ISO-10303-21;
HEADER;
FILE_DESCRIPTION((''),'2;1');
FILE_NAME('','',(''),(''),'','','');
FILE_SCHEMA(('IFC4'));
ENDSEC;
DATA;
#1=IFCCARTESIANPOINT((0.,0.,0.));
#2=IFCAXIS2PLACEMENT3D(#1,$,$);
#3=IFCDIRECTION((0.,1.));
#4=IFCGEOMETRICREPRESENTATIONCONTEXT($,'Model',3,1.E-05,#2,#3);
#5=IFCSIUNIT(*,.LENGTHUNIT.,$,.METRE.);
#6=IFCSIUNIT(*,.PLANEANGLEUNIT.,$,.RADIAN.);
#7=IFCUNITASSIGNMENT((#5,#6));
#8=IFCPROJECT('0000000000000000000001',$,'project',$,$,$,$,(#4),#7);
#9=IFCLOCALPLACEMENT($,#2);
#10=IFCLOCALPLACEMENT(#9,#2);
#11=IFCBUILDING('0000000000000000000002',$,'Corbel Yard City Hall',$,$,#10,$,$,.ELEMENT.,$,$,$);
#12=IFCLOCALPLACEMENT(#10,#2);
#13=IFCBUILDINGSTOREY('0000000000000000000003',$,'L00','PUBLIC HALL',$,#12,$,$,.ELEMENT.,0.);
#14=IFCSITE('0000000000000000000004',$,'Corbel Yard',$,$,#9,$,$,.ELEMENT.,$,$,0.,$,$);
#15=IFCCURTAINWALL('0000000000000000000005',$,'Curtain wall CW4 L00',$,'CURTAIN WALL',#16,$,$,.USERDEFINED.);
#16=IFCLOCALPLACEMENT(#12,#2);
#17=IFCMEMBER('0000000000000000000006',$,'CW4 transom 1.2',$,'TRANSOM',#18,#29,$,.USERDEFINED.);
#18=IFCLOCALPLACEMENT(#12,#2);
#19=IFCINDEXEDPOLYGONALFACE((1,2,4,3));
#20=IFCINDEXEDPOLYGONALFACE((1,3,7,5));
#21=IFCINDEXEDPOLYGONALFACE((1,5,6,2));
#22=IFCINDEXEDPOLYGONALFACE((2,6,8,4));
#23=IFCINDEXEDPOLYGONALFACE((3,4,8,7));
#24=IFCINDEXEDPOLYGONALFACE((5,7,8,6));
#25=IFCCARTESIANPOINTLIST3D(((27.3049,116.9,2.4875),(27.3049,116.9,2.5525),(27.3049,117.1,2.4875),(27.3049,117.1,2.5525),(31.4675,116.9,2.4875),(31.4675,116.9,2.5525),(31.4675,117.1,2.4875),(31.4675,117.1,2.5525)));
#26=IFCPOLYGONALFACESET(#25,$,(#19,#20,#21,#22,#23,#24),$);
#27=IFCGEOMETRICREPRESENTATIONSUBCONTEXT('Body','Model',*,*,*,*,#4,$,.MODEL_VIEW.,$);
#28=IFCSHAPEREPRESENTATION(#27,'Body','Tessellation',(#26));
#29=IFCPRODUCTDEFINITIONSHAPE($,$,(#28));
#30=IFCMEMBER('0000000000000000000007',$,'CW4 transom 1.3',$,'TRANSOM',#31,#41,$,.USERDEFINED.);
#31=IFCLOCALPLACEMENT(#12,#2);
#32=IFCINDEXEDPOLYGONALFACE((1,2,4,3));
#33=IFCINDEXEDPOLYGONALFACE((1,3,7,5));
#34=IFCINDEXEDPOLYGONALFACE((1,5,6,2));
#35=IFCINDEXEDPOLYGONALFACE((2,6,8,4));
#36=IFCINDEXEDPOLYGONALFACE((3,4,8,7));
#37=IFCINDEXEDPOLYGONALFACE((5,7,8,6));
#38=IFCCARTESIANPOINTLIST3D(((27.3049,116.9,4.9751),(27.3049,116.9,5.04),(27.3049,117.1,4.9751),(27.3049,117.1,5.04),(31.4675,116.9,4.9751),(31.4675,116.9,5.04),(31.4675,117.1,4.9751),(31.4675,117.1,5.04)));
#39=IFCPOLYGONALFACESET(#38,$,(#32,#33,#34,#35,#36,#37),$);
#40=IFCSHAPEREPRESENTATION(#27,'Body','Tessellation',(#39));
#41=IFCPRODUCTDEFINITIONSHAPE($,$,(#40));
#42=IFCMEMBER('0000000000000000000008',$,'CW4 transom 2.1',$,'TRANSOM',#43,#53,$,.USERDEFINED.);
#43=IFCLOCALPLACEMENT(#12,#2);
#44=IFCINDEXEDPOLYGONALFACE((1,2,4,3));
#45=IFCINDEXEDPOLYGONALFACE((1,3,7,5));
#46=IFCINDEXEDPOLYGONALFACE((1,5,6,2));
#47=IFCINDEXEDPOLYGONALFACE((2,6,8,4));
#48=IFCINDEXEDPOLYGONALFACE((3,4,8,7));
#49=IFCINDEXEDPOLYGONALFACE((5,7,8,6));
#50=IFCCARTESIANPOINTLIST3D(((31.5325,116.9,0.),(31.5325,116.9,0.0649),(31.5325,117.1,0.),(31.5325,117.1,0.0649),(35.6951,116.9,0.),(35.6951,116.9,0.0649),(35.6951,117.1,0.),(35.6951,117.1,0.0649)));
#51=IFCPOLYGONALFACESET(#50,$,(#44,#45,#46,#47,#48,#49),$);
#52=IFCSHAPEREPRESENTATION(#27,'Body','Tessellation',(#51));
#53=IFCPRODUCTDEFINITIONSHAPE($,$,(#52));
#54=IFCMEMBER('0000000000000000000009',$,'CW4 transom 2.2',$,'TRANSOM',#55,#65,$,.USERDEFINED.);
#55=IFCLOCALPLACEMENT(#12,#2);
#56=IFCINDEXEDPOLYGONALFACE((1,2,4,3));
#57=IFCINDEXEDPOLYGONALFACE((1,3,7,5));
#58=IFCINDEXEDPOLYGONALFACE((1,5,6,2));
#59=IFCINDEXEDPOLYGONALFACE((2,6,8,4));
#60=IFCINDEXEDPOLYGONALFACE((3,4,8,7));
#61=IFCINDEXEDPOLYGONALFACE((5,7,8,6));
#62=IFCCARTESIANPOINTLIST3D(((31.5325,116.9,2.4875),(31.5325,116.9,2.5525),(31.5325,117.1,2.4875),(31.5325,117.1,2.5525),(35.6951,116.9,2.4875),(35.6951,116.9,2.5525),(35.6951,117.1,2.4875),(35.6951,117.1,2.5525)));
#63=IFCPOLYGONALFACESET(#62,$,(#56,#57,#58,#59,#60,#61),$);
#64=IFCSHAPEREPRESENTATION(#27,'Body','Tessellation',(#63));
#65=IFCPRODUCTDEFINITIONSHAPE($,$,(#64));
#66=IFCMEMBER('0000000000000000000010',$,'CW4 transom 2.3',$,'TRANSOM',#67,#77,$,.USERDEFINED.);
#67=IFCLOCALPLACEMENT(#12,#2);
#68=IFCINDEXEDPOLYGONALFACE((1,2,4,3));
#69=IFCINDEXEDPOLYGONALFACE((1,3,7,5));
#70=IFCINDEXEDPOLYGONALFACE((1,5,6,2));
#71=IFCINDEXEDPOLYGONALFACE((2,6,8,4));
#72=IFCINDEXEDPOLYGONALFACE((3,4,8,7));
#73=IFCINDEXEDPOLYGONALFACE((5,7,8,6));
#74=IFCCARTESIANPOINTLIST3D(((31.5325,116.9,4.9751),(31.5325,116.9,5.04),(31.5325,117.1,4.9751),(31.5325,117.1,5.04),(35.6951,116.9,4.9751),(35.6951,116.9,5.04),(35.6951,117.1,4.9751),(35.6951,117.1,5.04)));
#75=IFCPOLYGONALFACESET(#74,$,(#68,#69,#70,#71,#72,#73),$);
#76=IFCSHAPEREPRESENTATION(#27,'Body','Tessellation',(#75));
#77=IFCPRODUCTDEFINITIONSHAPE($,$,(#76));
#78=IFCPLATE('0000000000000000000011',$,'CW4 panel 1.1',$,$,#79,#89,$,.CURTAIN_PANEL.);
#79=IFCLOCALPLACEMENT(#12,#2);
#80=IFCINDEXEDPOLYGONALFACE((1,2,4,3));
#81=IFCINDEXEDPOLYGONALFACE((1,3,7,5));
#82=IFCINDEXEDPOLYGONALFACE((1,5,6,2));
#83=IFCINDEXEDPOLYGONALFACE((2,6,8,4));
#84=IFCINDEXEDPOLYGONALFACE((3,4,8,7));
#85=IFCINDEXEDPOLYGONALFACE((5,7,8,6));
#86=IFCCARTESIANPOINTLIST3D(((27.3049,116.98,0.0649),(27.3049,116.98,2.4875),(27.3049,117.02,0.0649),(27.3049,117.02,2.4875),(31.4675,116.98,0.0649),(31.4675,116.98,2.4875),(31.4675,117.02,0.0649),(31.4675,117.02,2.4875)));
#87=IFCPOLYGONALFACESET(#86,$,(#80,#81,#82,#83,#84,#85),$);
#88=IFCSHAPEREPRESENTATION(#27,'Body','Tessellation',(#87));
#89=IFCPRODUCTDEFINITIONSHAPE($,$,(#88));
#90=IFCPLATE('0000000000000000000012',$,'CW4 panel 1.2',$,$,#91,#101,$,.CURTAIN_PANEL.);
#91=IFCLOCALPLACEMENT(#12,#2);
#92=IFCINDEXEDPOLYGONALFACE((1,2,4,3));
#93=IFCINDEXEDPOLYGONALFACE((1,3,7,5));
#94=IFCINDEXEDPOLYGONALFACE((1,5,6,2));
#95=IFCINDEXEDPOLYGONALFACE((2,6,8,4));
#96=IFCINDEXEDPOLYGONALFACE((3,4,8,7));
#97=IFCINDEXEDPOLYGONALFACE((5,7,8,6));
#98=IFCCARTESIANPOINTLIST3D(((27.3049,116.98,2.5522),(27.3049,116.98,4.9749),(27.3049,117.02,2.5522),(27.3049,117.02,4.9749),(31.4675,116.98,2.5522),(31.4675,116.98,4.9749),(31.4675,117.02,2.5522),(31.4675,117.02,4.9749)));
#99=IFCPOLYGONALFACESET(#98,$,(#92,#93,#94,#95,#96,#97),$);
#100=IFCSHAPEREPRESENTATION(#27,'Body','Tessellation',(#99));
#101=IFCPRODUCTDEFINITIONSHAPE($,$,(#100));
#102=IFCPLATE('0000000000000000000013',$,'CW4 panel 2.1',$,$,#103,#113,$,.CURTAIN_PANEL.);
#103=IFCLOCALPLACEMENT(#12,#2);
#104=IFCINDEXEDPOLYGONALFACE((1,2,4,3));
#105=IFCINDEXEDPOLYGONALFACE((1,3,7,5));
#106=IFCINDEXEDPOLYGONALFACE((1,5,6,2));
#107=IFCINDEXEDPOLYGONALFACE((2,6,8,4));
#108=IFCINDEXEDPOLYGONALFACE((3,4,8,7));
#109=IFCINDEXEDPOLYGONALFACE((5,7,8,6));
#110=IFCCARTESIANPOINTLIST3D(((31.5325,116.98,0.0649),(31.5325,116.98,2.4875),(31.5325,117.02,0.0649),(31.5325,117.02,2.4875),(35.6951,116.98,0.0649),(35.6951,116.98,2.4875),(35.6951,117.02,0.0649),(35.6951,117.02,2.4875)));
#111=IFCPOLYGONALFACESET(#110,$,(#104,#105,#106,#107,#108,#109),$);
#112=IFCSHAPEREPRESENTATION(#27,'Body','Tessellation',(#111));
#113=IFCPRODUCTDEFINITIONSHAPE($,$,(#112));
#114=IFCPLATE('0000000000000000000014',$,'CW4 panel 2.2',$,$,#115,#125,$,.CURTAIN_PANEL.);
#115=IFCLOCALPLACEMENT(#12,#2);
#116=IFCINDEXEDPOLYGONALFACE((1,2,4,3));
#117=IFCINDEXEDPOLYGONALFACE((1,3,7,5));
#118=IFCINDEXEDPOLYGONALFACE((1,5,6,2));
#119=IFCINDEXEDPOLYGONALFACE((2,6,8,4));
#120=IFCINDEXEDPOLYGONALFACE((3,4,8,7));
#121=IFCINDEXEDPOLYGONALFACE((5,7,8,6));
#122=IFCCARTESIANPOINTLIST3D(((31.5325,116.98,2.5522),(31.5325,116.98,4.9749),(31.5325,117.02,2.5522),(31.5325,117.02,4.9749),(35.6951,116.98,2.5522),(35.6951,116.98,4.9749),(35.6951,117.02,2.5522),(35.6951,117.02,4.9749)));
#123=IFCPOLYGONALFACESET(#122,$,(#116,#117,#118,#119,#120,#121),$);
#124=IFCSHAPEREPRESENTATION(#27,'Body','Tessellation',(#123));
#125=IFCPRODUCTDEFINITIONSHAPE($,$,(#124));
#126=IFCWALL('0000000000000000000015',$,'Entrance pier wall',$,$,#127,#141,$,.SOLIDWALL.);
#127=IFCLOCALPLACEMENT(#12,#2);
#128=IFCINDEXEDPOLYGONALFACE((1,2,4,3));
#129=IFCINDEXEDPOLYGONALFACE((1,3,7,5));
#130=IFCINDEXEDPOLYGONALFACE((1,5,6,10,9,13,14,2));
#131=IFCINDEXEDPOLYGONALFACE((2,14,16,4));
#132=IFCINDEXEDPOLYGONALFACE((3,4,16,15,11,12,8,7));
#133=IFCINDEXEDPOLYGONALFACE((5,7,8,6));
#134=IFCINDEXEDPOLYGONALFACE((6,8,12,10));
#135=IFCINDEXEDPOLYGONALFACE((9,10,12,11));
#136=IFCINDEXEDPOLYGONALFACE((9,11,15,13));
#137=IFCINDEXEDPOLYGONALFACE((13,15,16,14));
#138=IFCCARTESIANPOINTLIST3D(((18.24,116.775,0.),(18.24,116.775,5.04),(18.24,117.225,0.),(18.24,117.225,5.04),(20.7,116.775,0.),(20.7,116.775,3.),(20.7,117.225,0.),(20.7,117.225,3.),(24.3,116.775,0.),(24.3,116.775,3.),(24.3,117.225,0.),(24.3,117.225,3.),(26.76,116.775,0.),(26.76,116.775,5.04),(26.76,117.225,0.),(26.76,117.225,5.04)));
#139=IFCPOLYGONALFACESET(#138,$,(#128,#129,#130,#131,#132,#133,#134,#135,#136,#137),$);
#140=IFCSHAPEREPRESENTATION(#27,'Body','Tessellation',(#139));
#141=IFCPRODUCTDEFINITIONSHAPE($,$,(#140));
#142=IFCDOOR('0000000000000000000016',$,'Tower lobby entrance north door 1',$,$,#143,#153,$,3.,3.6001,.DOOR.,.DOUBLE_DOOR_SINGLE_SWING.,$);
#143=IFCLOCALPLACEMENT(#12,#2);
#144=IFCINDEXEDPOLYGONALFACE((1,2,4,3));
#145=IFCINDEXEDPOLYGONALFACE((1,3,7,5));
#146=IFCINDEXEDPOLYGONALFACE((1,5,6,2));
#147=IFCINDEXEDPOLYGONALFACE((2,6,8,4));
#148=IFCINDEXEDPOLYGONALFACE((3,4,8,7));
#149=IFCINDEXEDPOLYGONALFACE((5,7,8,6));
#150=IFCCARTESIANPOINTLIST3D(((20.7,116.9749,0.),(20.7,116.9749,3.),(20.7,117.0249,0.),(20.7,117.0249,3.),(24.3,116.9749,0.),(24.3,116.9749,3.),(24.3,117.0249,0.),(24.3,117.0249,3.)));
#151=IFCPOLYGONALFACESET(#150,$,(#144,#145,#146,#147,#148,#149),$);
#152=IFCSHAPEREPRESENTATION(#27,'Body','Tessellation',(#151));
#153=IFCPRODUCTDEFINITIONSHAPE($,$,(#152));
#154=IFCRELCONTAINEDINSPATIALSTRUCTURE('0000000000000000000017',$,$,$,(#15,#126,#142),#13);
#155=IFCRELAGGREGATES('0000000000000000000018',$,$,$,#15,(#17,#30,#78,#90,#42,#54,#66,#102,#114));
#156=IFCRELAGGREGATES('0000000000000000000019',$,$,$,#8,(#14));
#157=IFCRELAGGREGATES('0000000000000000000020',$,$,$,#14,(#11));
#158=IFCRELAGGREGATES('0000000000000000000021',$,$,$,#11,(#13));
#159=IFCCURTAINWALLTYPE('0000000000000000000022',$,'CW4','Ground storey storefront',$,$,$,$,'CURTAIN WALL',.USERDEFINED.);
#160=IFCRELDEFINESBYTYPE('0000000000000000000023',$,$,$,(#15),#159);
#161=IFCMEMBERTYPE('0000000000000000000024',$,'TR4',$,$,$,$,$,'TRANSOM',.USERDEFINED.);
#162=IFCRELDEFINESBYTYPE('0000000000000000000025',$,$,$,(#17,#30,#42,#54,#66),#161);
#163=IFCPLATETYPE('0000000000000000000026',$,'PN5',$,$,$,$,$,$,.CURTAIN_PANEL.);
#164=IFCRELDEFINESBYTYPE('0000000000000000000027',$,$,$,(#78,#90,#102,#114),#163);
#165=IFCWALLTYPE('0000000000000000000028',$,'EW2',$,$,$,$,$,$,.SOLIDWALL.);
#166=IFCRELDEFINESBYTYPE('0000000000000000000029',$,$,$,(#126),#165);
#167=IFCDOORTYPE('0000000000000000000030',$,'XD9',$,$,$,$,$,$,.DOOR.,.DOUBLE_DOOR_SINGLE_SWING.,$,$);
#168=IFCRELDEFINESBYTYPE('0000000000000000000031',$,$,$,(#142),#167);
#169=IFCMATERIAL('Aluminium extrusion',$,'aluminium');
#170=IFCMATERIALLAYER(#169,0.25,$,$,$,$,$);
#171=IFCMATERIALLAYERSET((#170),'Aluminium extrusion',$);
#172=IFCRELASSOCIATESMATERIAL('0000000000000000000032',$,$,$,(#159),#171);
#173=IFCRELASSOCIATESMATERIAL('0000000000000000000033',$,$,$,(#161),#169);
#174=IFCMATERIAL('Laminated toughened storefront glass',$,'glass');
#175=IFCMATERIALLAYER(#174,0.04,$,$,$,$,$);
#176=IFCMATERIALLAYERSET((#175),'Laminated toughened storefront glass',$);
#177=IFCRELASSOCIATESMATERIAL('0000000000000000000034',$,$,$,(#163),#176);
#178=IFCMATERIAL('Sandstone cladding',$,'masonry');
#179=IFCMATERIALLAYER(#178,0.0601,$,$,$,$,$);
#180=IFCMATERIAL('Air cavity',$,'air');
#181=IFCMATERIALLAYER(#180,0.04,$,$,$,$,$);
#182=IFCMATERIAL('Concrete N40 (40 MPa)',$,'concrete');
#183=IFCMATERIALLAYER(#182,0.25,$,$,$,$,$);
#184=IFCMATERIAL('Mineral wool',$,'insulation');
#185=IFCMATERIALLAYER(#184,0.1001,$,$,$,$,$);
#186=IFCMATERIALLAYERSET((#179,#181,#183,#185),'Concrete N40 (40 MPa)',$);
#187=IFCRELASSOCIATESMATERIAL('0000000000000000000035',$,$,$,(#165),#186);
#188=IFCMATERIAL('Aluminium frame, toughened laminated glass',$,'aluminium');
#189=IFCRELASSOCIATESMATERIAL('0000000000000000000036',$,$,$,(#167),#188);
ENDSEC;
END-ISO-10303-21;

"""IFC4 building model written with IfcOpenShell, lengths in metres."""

from ifc_helpers import new_model, si_unit, direction, frame, frame_2d, origin, origin_2d, place, context, subcontext, project, spatial, rectangle, extrude, material, layer, layer_set, material_profile, profile_set, type_object, element, fill, aggregate, save


model = new_model("IFC4")

# Units and contexts
model_context = context("Model", 3, precision=1e-05, world=origin(), true_north=direction((0.0, 1.0)))
body_context = subcontext(model_context, "Body", "Model", "MODEL_VIEW")
ifc_project = project(units=[si_unit("LENGTHUNIT", "METRE"), si_unit("PLANEANGLEUNIT", "RADIAN")], contexts=[model_context])

# Site, building, storey
site_placement = place(None, origin())
site = spatial("IfcSite", under=ifc_project, at=site_placement, Name="Corbel Yard", CompositionType="ELEMENT", RefElevation=0.0)
building_placement = place(site_placement, origin())
building = spatial("IfcBuilding", under=site, at=building_placement, Name="Corbel Yard City Hall", CompositionType="ELEMENT")
storey_placement = place(building_placement, origin())
storey = spatial("IfcBuildingStorey", under=building, at=storey_placement, Name="L00", Description="PUBLIC HALL", CompositionType="ELEMENT", Elevation=0.0)

# Curtain wall, members, plates
ifc_material_1 = material(Name="Aluminium extrusion", Category="aluminium")
ifc_layer_1 = layer(ifc_material_1, 0.25)
ifc_layer_set_1 = layer_set([ifc_layer_1], Name="Aluminium extrusion")
curtain_wall_type = type_object("IfcCurtainWallType", Name="CW4", Description="Ground storey storefront", ElementType="CURTAIN WALL", PredefinedType="USERDEFINED", material=ifc_layer_set_1)
curtain_wall_placement = place(storey_placement, origin())
curtain_wall = element("IfcCurtainWall", 1, at=curtain_wall_placement, inside=storey, type_object=curtain_wall_type, Name="Curtain wall CW4 L00", ObjectType="CURTAIN WALL", PredefinedType="USERDEFINED")
ifc_material_profile_1 = material_profile(ifc_material_1, rectangle(XDim=0.2, YDim=0.0649, at=origin_2d()), Name="200x65")
ifc_profile_set_1 = profile_set([ifc_material_profile_1], Name="Aluminium extrusion")
member_type_1 = type_object("IfcMemberType", Name="TR4", ElementType="TRANSOM", PredefinedType="USERDEFINED", material=ifc_profile_set_1)
member_1_placement = place(storey_placement, frame((27.3049, 117.0, 2.52), z_axis=(1.0, 0.0, 0.0), x_axis=(0.0, 1.0, 0.0)))
member_1 = element("IfcMember", 2, at=member_1_placement, type_object=member_type_1, Name="CW4 transom 1.2", ObjectType="TRANSOM", PredefinedType="USERDEFINED", context=body_context, shape_type="SweptSolid", body=[
    extrude(rectangle(XDim=0.2, YDim=0.0649, at=origin_2d()), origin(), (0.0, 0.0, 1.0), 4.1626),
])
member_2_placement = place(storey_placement, frame((27.3049, 117.0, 5.0076), z_axis=(1.0, 0.0, 0.0), x_axis=(0.0, 1.0, 0.0)))
member_2 = element("IfcMember", 3, at=member_2_placement, type_object=member_type_1, Name="CW4 transom 1.3", ObjectType="TRANSOM", PredefinedType="USERDEFINED", context=body_context, shape_type="SweptSolid", body=[
    extrude(rectangle(XDim=0.2, YDim=0.0649, at=origin_2d()), origin(), (0.0, 0.0, 1.0), 4.1626),
])
member_3_placement = place(storey_placement, frame((31.5325, 117.0, 0.0325), z_axis=(1.0, 0.0, 0.0), x_axis=(0.0, 1.0, 0.0)))
member_3 = element("IfcMember", 4, at=member_3_placement, type_object=member_type_1, Name="CW4 transom 2.1", ObjectType="TRANSOM", PredefinedType="USERDEFINED", context=body_context, shape_type="SweptSolid", body=[
    extrude(rectangle(XDim=0.2, YDim=0.0649, at=origin_2d()), origin(), (0.0, 0.0, 1.0), 4.1626),
])
member_4_placement = place(storey_placement, frame((31.5325, 117.0, 2.52), z_axis=(1.0, 0.0, 0.0), x_axis=(0.0, 1.0, 0.0)))
member_4 = element("IfcMember", 5, at=member_4_placement, type_object=member_type_1, Name="CW4 transom 2.2", ObjectType="TRANSOM", PredefinedType="USERDEFINED", context=body_context, shape_type="SweptSolid", body=[
    extrude(rectangle(XDim=0.2, YDim=0.0649, at=origin_2d()), origin(), (0.0, 0.0, 1.0), 4.1626),
])
member_5_placement = place(storey_placement, frame((31.5325, 117.0, 5.0076), z_axis=(1.0, 0.0, 0.0), x_axis=(0.0, 1.0, 0.0)))
member_5 = element("IfcMember", 6, at=member_5_placement, type_object=member_type_1, Name="CW4 transom 2.3", ObjectType="TRANSOM", PredefinedType="USERDEFINED", context=body_context, shape_type="SweptSolid", body=[
    extrude(rectangle(XDim=0.2, YDim=0.0649, at=origin_2d()), origin(), (0.0, 0.0, 1.0), 4.1626),
])
ifc_material_2 = material(Name="Laminated toughened storefront glass", Category="glass")
ifc_layer_2 = layer(ifc_material_2, 0.04)
ifc_layer_set_2 = layer_set([ifc_layer_2], Name="Laminated toughened storefront glass")
plate_type = type_object("IfcPlateType", Name="PN5", PredefinedType="CURTAIN_PANEL", material=ifc_layer_set_2)
plate_1_placement = place(storey_placement, frame((29.3862, 117.0, 0.0649), z_axis=(0.0, 0.0, 1.0), x_axis=(1.0, 0.0, 0.0)))
plate_1 = element("IfcPlate", 7, at=plate_1_placement, type_object=plate_type, Name="CW4 panel 1.1", PredefinedType="CURTAIN_PANEL", context=body_context, shape_type="SweptSolid", body=[
    extrude(rectangle(XDim=4.1626, YDim=0.04, at=origin_2d()), origin(), (0.0, 0.0, 1.0), 2.4226),
])
plate_2_placement = place(storey_placement, frame((29.3862, 117.0, 2.5522), z_axis=(0.0, 0.0, 1.0), x_axis=(1.0, 0.0, 0.0)))
plate_2 = element("IfcPlate", 8, at=plate_2_placement, type_object=plate_type, Name="CW4 panel 1.2", PredefinedType="CURTAIN_PANEL", context=body_context, shape_type="SweptSolid", body=[
    extrude(rectangle(XDim=4.1626, YDim=0.04, at=origin_2d()), origin(), (0.0, 0.0, 1.0), 2.4226),
])
plate_3_placement = place(storey_placement, frame((33.6138, 117.0, 0.0649), z_axis=(0.0, 0.0, 1.0), x_axis=(1.0, 0.0, 0.0)))
plate_3 = element("IfcPlate", 9, at=plate_3_placement, type_object=plate_type, Name="CW4 panel 2.1", PredefinedType="CURTAIN_PANEL", context=body_context, shape_type="SweptSolid", body=[
    extrude(rectangle(XDim=4.1626, YDim=0.04, at=origin_2d()), origin(), (0.0, 0.0, 1.0), 2.4226),
])
plate_4_placement = place(storey_placement, frame((33.6138, 117.0, 2.5522), z_axis=(0.0, 0.0, 1.0), x_axis=(1.0, 0.0, 0.0)))
plate_4 = element("IfcPlate", 10, at=plate_4_placement, type_object=plate_type, Name="CW4 panel 2.2", PredefinedType="CURTAIN_PANEL", context=body_context, shape_type="SweptSolid", body=[
    extrude(rectangle(XDim=4.1626, YDim=0.04, at=origin_2d()), origin(), (0.0, 0.0, 1.0), 2.4226),
])
aggregate(curtain_wall, [member_1, member_2, plate_1, plate_2, member_3, member_4, member_5, plate_3, plate_4])

# Wall, opening, door
ifc_material_3 = material(Name="Sandstone cladding", Category="masonry")
ifc_layer_3 = layer(ifc_material_3, 0.0601)
ifc_material_4 = material(Name="Air cavity", Category="air")
ifc_layer_4 = layer(ifc_material_4, 0.04)
ifc_material_5 = material(Name="Concrete N40 (40 MPa)", Category="concrete")
ifc_layer_5 = layer(ifc_material_5, 0.25)
ifc_material_6 = material(Name="Mineral wool", Category="insulation")
ifc_layer_6 = layer(ifc_material_6, 0.1001)
ifc_layer_set_3 = layer_set([ifc_layer_3, ifc_layer_4, ifc_layer_5, ifc_layer_6], Name="Concrete N40 (40 MPa)")
wall_type = type_object("IfcWallType", Name="EW2", PredefinedType="SOLIDWALL", material=ifc_layer_set_3)
wall_placement = place(storey_placement, frame((18.24, 117.0, 0.0), z_axis=(0.0, 0.0, 1.0), x_axis=(1.0, 0.0, 0.0)))
wall = element("IfcWall", 11, at=wall_placement, inside=storey, type_object=wall_type, Name="Entrance pier wall", PredefinedType="SOLIDWALL", context=body_context, shape_type="SweptSolid", body=[
    extrude(rectangle(XDim=8.52, YDim=0.45, at=frame_2d((4.26, 0.0))), origin(), (0.0, 0.0, 1.0), 5.04),
])
opening_placement = place(wall_placement, frame((2.46, 0.0, 0.0)))
opening = element("IfcOpeningElement", 12, at=opening_placement, cuts=wall, PredefinedType="OPENING", context=body_context, shape_type="SweptSolid", body=[
    extrude(rectangle(XDim=3.6001, YDim=3.0, at=frame_2d((1.8, 1.5))), frame((0.0, 0.2349, 0.0), z_axis=(0.0, -1.0, 0.0), x_axis=(1.0, 0.0, 0.0)), (0.0, 0.0, 1.0), 0.47),
])
ifc_material_7 = material(Name="Aluminium frame, toughened laminated glass", Category="aluminium")
door_type = type_object("IfcDoorType", Name="XD9", OperationType="DOUBLE_DOOR_SINGLE_SWING", PredefinedType="DOOR", material=ifc_material_7)
door_placement = place(opening_placement, origin())
door = element("IfcDoor", 13, at=door_placement, inside=storey, type_object=door_type, Name="Tower lobby entrance north door 1", OperationType="DOUBLE_DOOR_SINGLE_SWING", OverallHeight=3.0, OverallWidth=3.6001, PredefinedType="DOOR", context=body_context, shape_type="SweptSolid", body=[
    extrude(rectangle(XDim=3.6001, YDim=3.0, at=frame_2d((1.8, 1.5))), frame((0.0, 0.0249, 0.0), z_axis=(0.0, -1.0, 0.0), x_axis=(1.0, 0.0, 0.0)), (0.0, 0.0, 1.0), 0.05),
])
fill(opening, door)

save(model, "model.ifc")
